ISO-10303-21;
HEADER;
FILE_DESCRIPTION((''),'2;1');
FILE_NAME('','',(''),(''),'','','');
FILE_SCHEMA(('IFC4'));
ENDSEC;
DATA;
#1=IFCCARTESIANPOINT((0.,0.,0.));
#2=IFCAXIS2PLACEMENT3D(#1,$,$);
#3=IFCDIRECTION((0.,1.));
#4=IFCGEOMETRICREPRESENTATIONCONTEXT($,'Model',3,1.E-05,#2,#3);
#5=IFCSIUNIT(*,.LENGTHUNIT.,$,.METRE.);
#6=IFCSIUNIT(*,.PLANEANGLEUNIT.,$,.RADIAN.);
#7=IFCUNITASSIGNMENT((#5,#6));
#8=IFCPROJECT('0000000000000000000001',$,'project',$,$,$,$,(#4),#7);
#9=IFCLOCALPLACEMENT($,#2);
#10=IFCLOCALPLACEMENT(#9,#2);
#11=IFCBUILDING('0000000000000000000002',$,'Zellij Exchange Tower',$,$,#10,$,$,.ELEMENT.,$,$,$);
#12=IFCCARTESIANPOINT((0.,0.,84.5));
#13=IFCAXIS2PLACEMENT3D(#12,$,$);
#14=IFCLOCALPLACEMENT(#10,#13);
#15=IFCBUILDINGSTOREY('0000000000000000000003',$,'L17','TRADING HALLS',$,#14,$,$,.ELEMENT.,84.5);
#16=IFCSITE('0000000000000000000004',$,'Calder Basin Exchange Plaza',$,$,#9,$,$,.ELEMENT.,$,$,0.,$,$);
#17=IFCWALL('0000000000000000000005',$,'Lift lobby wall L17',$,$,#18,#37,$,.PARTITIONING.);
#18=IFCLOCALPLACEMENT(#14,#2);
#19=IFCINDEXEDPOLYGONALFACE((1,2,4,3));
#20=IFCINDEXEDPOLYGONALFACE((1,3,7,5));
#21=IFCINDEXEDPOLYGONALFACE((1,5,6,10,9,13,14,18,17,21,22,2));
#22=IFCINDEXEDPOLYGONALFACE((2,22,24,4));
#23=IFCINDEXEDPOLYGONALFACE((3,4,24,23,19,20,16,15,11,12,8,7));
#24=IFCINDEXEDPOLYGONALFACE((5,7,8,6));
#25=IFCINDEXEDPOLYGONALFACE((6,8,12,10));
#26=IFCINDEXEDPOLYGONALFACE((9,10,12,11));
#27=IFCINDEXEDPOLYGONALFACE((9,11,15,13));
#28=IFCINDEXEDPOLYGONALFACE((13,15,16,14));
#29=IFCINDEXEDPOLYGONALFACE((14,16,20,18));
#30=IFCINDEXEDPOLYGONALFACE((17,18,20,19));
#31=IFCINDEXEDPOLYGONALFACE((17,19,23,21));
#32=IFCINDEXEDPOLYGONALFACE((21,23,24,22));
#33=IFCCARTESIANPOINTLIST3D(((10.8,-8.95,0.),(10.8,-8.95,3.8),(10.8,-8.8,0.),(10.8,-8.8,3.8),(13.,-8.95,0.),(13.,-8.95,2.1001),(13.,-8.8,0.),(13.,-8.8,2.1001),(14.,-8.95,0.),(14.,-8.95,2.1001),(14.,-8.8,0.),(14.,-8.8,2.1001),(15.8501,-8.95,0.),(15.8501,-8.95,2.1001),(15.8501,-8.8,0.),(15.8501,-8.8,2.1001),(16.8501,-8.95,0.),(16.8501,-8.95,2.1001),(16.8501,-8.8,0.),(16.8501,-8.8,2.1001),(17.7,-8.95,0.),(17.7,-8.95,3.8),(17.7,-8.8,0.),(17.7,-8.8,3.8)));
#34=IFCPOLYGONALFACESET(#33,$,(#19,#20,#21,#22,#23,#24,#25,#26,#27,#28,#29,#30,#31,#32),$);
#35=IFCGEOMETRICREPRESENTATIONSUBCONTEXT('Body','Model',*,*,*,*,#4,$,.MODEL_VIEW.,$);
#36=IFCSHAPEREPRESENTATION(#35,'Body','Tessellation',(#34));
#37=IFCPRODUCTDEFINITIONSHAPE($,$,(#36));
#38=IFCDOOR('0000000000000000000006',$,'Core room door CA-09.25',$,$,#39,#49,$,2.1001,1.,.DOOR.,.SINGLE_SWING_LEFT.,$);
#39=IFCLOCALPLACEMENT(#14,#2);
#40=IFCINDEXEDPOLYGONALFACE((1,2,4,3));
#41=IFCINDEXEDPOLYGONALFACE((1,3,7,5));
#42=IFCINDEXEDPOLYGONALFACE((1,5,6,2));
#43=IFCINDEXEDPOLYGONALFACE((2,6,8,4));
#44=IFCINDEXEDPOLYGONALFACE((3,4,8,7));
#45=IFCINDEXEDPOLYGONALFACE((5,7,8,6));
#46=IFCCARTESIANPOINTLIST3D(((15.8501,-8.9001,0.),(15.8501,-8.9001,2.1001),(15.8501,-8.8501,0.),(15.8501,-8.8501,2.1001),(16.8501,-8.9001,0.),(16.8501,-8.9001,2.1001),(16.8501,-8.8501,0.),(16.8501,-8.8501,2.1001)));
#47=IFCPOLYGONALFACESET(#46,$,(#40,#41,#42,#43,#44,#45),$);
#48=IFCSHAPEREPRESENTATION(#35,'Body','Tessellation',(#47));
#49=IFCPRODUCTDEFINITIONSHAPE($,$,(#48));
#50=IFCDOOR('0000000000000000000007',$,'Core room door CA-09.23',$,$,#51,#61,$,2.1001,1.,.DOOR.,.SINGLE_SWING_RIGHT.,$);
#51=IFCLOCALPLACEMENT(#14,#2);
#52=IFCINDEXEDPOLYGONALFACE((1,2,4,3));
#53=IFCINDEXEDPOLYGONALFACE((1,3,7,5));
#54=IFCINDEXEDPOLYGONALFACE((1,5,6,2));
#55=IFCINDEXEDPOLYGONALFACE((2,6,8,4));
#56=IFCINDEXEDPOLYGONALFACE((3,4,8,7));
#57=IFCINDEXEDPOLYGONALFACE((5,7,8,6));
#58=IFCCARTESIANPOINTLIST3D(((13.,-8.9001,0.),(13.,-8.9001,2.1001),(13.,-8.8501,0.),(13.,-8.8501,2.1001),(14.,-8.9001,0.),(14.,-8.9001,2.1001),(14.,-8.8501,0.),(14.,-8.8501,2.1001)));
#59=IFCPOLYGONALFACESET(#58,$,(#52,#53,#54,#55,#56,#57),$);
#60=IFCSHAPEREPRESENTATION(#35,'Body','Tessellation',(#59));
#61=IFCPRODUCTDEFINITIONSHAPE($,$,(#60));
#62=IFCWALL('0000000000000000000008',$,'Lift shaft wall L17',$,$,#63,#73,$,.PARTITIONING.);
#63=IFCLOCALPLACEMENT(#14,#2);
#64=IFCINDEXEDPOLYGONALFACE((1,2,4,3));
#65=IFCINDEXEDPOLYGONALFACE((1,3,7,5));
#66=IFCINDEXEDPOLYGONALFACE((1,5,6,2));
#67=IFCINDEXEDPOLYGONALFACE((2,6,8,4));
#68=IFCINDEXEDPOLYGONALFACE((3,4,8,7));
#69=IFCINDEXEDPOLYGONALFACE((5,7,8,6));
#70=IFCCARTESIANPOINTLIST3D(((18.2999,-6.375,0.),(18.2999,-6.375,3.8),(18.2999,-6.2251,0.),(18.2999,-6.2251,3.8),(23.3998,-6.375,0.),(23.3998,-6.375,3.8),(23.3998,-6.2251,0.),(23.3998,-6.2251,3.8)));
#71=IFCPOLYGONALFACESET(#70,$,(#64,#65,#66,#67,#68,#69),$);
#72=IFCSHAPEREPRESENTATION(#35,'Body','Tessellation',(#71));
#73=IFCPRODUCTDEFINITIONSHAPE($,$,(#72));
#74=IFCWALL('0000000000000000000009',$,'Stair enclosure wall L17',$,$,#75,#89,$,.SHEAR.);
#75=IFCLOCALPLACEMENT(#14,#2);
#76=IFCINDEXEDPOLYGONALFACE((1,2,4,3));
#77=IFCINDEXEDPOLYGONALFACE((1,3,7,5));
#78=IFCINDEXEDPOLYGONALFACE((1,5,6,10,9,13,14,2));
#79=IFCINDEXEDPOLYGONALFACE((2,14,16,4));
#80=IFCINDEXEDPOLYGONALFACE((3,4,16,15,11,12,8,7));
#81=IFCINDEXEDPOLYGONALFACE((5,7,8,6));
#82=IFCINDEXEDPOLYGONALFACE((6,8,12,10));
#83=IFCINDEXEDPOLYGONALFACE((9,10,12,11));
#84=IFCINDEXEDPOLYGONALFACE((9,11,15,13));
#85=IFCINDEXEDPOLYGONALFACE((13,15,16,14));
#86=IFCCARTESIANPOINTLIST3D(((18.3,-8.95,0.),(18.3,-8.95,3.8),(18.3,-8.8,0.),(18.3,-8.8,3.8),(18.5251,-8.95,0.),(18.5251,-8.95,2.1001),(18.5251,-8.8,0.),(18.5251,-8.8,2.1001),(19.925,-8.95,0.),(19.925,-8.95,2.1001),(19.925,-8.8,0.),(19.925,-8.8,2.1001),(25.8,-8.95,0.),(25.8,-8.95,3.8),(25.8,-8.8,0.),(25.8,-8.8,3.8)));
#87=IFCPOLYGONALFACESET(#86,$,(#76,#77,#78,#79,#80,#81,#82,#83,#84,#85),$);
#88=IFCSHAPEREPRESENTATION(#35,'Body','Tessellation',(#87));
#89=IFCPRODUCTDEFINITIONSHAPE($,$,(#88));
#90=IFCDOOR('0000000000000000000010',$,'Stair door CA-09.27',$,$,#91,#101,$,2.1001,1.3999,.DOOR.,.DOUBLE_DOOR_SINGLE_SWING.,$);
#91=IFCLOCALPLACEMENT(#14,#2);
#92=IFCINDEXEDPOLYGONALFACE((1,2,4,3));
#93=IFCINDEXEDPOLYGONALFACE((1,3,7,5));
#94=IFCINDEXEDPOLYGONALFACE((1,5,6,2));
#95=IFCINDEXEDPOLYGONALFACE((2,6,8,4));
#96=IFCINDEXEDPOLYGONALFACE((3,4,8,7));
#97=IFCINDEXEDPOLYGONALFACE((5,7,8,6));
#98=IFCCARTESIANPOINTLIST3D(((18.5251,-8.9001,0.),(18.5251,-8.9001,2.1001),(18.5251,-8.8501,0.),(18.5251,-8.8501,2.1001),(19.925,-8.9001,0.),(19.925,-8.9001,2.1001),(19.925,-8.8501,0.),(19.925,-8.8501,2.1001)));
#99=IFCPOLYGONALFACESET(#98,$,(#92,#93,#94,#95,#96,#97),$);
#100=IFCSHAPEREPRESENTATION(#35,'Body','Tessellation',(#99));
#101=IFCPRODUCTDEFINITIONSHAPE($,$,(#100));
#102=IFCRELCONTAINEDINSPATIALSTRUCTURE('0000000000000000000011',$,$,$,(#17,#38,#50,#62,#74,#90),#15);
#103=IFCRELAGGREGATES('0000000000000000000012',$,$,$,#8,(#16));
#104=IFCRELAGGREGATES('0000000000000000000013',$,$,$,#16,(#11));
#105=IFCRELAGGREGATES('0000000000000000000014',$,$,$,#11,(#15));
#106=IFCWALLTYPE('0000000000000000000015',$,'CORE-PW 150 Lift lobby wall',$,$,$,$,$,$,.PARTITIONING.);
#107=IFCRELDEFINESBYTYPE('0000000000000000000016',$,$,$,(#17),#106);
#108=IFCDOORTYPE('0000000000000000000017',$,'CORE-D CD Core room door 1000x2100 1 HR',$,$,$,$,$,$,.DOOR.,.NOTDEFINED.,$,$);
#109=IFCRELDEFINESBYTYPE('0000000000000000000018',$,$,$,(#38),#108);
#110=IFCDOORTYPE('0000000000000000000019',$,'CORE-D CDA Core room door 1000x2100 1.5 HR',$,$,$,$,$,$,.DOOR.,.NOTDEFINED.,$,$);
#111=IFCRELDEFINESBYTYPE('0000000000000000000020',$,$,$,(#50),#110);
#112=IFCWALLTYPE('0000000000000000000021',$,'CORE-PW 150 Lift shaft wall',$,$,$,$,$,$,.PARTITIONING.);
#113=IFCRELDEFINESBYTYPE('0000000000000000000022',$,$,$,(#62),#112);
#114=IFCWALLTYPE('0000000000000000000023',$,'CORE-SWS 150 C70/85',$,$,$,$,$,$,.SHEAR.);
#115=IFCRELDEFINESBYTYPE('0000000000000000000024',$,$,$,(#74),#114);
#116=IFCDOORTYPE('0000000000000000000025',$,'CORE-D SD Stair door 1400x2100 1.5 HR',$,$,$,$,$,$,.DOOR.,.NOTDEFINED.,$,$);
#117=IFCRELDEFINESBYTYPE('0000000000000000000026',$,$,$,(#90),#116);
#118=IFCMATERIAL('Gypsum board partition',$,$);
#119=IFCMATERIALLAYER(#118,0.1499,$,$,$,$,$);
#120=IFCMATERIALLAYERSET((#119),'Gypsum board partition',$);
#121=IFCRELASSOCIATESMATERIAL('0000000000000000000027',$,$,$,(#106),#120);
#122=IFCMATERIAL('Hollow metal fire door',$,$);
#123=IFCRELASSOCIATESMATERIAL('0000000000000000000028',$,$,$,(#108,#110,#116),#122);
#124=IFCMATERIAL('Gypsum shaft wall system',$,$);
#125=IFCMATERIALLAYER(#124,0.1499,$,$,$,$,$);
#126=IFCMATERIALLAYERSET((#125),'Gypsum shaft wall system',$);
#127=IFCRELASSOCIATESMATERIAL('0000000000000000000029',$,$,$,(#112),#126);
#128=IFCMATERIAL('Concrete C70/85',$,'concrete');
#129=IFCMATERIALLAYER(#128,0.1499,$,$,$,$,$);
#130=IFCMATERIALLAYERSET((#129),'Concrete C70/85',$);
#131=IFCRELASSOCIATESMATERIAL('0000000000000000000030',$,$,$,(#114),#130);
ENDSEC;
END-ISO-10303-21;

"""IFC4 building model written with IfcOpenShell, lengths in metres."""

from ifc_helpers import new_model, si_unit, direction, frame, frame_2d, origin, place, context, subcontext, project, spatial, rectangle, extrude, material, layer, layer_set, type_object, element, fill, save


model = new_model("IFC4")

# Units and contexts
model_context = context("Model", 3, precision=1e-05, world=origin(), true_north=direction((0.0, 1.0)))
body_context = subcontext(model_context, "Body", "Model", "MODEL_VIEW")
ifc_project = project(units=[si_unit("LENGTHUNIT", "METRE"), si_unit("PLANEANGLEUNIT", "RADIAN")], contexts=[model_context])

# Site, building, storey
site_placement = place(None, origin())
site = spatial("IfcSite", under=ifc_project, at=site_placement, Name="Calder Basin Exchange Plaza", CompositionType="ELEMENT", RefElevation=0.0)
building_placement = place(site_placement, origin())
building = spatial("IfcBuilding", under=site, at=building_placement, Name="Zellij Exchange Tower", CompositionType="ELEMENT")
storey_placement = place(building_placement, frame((0.0, 0.0, 84.5)))
storey = spatial("IfcBuildingStorey", under=building, at=storey_placement, Name="L17", Description="TRADING HALLS", CompositionType="ELEMENT", Elevation=84.5)

# Shared definitions
ifc_material_1 = material(Name="Concrete C70/85", Category="concrete")
ifc_material_2 = material(Name="Gypsum board partition")
ifc_layer_1 = layer(ifc_material_2, 0.1499)
ifc_layer_set_1 = layer_set([ifc_layer_1], Name="Gypsum board partition")
wall_type_1 = type_object("IfcWallType", Name="CORE-PW 150 Lift lobby wall", PredefinedType="PARTITIONING", material=ifc_layer_set_1)

# Shared definitions
ifc_material_3 = material(Name="Hollow metal fire door")

# Wall, openings, doors
door_type_1 = type_object("IfcDoorType", Name="CORE-D CD Core room door 1000x2100 1 HR", OperationType="NOTDEFINED", PredefinedType="DOOR", material=ifc_material_3)
wall_1_placement = place(storey_placement, frame((10.8, -8.875, 0.0), z_axis=(0.0, 0.0, 1.0), x_axis=(1.0, 0.0, 0.0)))
wall_1 = element("IfcWall", 1, at=wall_1_placement, inside=storey, type_object=wall_type_1, Name="Lift lobby wall L17", PredefinedType="PARTITIONING", context=body_context, shape_type="SweptSolid", body=[
    extrude(rectangle(XDim=6.8999, YDim=0.1499, at=frame_2d((3.45, 0.0))), origin(), (0.0, 0.0, 1.0), 3.8),
])
opening_1_placement = place(wall_1_placement, frame((2.2, 0.0, 0.0)))
opening_1 = element("IfcOpeningElement", 2, at=opening_1_placement, cuts=wall_1, PredefinedType="OPENING", context=body_context, shape_type="SweptSolid", body=[
    extrude(rectangle(XDim=1.0, YDim=2.1001, at=frame_2d((0.5, 1.05))), frame((0.0, 0.0869, 0.0), z_axis=(0.0, -1.0, 0.0), x_axis=(1.0, 0.0, 0.0)), (0.0, 0.0, 1.0), 0.1738),
])
opening_2_placement = place(wall_1_placement, frame((5.05, 0.0, 0.0)))
opening_2 = element("IfcOpeningElement", 3, at=opening_2_placement, cuts=wall_1, PredefinedType="OPENING", context=body_context, shape_type="SweptSolid", body=[
    extrude(rectangle(XDim=1.0, YDim=2.1001, at=frame_2d((0.5, 1.05))), frame((0.0, 0.0869, 0.0), z_axis=(0.0, -1.0, 0.0), x_axis=(1.0, 0.0, 0.0)), (0.0, 0.0, 1.0), 0.1738),
])
door_1_placement = place(opening_2_placement, origin())
door_1 = element("IfcDoor", 4, at=door_1_placement, inside=storey, type_object=door_type_1, Name="Core room door CA-09.25", OperationType="SINGLE_SWING_LEFT", OverallHeight=2.1001, OverallWidth=1.0, PredefinedType="DOOR", context=body_context, shape_type="SweptSolid", body=[
    extrude(rectangle(XDim=1.0, YDim=2.1001, at=frame_2d((0.5, 1.05))), frame((0.0, 0.0249, 0.0), z_axis=(0.0, -1.0, 0.0), x_axis=(1.0, 0.0, 0.0)), (0.0, 0.0, 1.0), 0.05),
])
fill(opening_2, door_1)
door_type_2 = type_object("IfcDoorType", Name="CORE-D CDA Core room door 1000x2100 1.5 HR", OperationType="NOTDEFINED", PredefinedType="DOOR", material=ifc_material_3)
door_2_placement = place(opening_1_placement, origin())
door_2 = element("IfcDoor", 5, at=door_2_placement, inside=storey, type_object=door_type_2, Name="Core room door CA-09.23", OperationType="SINGLE_SWING_RIGHT", OverallHeight=2.1001, OverallWidth=1.0, PredefinedType="DOOR", context=body_context, shape_type="SweptSolid", body=[
    extrude(rectangle(XDim=1.0, YDim=2.1001, at=frame_2d((0.5, 1.05))), frame((0.0, 0.0249, 0.0), z_axis=(0.0, -1.0, 0.0), x_axis=(1.0, 0.0, 0.0)), (0.0, 0.0, 1.0), 0.05),
])
fill(opening_1, door_2)

# Wall
ifc_material_4 = material(Name="Gypsum shaft wall system")
ifc_layer_2 = layer(ifc_material_4, 0.1499)
ifc_layer_set_2 = layer_set([ifc_layer_2], Name="Gypsum shaft wall system")
wall_type_2 = type_object("IfcWallType", Name="CORE-PW 150 Lift shaft wall", PredefinedType="PARTITIONING", material=ifc_layer_set_2)
wall_2_placement = place(storey_placement, frame((18.3, -6.3, 0.0), z_axis=(0.0, 0.0, 1.0), x_axis=(1.0, 0.0, 0.0)))
element("IfcWall", 6, at=wall_2_placement, inside=storey, type_object=wall_type_2, Name="Lift shaft wall L17", PredefinedType="PARTITIONING", context=body_context, shape_type="SweptSolid", body=[
    extrude(rectangle(XDim=5.0999, YDim=0.1499, at=frame_2d((2.5498, 0.0))), origin(), (0.0, 0.0, 1.0), 3.8),
])

# Wall, opening, door
ifc_layer_3 = layer(ifc_material_1, 0.1499)
ifc_layer_set_3 = layer_set([ifc_layer_3], Name="Concrete C70/85")
wall_type_3 = type_object("IfcWallType", Name="CORE-SWS 150 C70/85", PredefinedType="SHEAR", material=ifc_layer_set_3)
wall_3_placement = place(storey_placement, frame((18.3, -8.875, 0.0), z_axis=(0.0, 0.0, 1.0), x_axis=(1.0, 0.0, 0.0)))
wall_3 = element("IfcWall", 7, at=wall_3_placement, inside=storey, type_object=wall_type_3, Name="Stair enclosure wall L17", PredefinedType="SHEAR", context=body_context, shape_type="SweptSolid", body=[
    extrude(rectangle(XDim=7.5, YDim=0.1499, at=frame_2d((3.75, 0.0))), origin(), (0.0, 0.0, 1.0), 3.8),
])
opening_3_placement = place(wall_3_placement, frame((0.2251, 0.0, 0.0)))
opening_3 = element("IfcOpeningElement", 8, at=opening_3_placement, cuts=wall_3, PredefinedType="OPENING", context=body_context, shape_type="SweptSolid", body=[
    extrude(rectangle(XDim=1.3999, YDim=2.1001, at=frame_2d((0.7, 1.05))), frame((0.0, 0.0869, 0.0), z_axis=(0.0, -1.0, 0.0), x_axis=(1.0, 0.0, 0.0)), (0.0, 0.0, 1.0), 0.1738),
])
door_type_3 = type_object("IfcDoorType", Name="CORE-D SD Stair door 1400x2100 1.5 HR", OperationType="NOTDEFINED", PredefinedType="DOOR", material=ifc_material_3)
door_3_placement = place(opening_3_placement, origin())
door_3 = element("IfcDoor", 9, at=door_3_placement, inside=storey, type_object=door_type_3, Name="Stair door CA-09.27", OperationType="DOUBLE_DOOR_SINGLE_SWING", OverallHeight=2.1001, OverallWidth=1.3999, PredefinedType="DOOR", context=body_context, shape_type="SweptSolid", body=[
    extrude(rectangle(XDim=1.3999, YDim=2.1001, at=frame_2d((0.7, 1.05))), frame((0.0, 0.0249, 0.0), z_axis=(0.0, -1.0, 0.0), x_axis=(1.0, 0.0, 0.0)), (0.0, 0.0, 1.0), 0.05),
])
fill(opening_3, door_3)

save(model, "model.ifc")
